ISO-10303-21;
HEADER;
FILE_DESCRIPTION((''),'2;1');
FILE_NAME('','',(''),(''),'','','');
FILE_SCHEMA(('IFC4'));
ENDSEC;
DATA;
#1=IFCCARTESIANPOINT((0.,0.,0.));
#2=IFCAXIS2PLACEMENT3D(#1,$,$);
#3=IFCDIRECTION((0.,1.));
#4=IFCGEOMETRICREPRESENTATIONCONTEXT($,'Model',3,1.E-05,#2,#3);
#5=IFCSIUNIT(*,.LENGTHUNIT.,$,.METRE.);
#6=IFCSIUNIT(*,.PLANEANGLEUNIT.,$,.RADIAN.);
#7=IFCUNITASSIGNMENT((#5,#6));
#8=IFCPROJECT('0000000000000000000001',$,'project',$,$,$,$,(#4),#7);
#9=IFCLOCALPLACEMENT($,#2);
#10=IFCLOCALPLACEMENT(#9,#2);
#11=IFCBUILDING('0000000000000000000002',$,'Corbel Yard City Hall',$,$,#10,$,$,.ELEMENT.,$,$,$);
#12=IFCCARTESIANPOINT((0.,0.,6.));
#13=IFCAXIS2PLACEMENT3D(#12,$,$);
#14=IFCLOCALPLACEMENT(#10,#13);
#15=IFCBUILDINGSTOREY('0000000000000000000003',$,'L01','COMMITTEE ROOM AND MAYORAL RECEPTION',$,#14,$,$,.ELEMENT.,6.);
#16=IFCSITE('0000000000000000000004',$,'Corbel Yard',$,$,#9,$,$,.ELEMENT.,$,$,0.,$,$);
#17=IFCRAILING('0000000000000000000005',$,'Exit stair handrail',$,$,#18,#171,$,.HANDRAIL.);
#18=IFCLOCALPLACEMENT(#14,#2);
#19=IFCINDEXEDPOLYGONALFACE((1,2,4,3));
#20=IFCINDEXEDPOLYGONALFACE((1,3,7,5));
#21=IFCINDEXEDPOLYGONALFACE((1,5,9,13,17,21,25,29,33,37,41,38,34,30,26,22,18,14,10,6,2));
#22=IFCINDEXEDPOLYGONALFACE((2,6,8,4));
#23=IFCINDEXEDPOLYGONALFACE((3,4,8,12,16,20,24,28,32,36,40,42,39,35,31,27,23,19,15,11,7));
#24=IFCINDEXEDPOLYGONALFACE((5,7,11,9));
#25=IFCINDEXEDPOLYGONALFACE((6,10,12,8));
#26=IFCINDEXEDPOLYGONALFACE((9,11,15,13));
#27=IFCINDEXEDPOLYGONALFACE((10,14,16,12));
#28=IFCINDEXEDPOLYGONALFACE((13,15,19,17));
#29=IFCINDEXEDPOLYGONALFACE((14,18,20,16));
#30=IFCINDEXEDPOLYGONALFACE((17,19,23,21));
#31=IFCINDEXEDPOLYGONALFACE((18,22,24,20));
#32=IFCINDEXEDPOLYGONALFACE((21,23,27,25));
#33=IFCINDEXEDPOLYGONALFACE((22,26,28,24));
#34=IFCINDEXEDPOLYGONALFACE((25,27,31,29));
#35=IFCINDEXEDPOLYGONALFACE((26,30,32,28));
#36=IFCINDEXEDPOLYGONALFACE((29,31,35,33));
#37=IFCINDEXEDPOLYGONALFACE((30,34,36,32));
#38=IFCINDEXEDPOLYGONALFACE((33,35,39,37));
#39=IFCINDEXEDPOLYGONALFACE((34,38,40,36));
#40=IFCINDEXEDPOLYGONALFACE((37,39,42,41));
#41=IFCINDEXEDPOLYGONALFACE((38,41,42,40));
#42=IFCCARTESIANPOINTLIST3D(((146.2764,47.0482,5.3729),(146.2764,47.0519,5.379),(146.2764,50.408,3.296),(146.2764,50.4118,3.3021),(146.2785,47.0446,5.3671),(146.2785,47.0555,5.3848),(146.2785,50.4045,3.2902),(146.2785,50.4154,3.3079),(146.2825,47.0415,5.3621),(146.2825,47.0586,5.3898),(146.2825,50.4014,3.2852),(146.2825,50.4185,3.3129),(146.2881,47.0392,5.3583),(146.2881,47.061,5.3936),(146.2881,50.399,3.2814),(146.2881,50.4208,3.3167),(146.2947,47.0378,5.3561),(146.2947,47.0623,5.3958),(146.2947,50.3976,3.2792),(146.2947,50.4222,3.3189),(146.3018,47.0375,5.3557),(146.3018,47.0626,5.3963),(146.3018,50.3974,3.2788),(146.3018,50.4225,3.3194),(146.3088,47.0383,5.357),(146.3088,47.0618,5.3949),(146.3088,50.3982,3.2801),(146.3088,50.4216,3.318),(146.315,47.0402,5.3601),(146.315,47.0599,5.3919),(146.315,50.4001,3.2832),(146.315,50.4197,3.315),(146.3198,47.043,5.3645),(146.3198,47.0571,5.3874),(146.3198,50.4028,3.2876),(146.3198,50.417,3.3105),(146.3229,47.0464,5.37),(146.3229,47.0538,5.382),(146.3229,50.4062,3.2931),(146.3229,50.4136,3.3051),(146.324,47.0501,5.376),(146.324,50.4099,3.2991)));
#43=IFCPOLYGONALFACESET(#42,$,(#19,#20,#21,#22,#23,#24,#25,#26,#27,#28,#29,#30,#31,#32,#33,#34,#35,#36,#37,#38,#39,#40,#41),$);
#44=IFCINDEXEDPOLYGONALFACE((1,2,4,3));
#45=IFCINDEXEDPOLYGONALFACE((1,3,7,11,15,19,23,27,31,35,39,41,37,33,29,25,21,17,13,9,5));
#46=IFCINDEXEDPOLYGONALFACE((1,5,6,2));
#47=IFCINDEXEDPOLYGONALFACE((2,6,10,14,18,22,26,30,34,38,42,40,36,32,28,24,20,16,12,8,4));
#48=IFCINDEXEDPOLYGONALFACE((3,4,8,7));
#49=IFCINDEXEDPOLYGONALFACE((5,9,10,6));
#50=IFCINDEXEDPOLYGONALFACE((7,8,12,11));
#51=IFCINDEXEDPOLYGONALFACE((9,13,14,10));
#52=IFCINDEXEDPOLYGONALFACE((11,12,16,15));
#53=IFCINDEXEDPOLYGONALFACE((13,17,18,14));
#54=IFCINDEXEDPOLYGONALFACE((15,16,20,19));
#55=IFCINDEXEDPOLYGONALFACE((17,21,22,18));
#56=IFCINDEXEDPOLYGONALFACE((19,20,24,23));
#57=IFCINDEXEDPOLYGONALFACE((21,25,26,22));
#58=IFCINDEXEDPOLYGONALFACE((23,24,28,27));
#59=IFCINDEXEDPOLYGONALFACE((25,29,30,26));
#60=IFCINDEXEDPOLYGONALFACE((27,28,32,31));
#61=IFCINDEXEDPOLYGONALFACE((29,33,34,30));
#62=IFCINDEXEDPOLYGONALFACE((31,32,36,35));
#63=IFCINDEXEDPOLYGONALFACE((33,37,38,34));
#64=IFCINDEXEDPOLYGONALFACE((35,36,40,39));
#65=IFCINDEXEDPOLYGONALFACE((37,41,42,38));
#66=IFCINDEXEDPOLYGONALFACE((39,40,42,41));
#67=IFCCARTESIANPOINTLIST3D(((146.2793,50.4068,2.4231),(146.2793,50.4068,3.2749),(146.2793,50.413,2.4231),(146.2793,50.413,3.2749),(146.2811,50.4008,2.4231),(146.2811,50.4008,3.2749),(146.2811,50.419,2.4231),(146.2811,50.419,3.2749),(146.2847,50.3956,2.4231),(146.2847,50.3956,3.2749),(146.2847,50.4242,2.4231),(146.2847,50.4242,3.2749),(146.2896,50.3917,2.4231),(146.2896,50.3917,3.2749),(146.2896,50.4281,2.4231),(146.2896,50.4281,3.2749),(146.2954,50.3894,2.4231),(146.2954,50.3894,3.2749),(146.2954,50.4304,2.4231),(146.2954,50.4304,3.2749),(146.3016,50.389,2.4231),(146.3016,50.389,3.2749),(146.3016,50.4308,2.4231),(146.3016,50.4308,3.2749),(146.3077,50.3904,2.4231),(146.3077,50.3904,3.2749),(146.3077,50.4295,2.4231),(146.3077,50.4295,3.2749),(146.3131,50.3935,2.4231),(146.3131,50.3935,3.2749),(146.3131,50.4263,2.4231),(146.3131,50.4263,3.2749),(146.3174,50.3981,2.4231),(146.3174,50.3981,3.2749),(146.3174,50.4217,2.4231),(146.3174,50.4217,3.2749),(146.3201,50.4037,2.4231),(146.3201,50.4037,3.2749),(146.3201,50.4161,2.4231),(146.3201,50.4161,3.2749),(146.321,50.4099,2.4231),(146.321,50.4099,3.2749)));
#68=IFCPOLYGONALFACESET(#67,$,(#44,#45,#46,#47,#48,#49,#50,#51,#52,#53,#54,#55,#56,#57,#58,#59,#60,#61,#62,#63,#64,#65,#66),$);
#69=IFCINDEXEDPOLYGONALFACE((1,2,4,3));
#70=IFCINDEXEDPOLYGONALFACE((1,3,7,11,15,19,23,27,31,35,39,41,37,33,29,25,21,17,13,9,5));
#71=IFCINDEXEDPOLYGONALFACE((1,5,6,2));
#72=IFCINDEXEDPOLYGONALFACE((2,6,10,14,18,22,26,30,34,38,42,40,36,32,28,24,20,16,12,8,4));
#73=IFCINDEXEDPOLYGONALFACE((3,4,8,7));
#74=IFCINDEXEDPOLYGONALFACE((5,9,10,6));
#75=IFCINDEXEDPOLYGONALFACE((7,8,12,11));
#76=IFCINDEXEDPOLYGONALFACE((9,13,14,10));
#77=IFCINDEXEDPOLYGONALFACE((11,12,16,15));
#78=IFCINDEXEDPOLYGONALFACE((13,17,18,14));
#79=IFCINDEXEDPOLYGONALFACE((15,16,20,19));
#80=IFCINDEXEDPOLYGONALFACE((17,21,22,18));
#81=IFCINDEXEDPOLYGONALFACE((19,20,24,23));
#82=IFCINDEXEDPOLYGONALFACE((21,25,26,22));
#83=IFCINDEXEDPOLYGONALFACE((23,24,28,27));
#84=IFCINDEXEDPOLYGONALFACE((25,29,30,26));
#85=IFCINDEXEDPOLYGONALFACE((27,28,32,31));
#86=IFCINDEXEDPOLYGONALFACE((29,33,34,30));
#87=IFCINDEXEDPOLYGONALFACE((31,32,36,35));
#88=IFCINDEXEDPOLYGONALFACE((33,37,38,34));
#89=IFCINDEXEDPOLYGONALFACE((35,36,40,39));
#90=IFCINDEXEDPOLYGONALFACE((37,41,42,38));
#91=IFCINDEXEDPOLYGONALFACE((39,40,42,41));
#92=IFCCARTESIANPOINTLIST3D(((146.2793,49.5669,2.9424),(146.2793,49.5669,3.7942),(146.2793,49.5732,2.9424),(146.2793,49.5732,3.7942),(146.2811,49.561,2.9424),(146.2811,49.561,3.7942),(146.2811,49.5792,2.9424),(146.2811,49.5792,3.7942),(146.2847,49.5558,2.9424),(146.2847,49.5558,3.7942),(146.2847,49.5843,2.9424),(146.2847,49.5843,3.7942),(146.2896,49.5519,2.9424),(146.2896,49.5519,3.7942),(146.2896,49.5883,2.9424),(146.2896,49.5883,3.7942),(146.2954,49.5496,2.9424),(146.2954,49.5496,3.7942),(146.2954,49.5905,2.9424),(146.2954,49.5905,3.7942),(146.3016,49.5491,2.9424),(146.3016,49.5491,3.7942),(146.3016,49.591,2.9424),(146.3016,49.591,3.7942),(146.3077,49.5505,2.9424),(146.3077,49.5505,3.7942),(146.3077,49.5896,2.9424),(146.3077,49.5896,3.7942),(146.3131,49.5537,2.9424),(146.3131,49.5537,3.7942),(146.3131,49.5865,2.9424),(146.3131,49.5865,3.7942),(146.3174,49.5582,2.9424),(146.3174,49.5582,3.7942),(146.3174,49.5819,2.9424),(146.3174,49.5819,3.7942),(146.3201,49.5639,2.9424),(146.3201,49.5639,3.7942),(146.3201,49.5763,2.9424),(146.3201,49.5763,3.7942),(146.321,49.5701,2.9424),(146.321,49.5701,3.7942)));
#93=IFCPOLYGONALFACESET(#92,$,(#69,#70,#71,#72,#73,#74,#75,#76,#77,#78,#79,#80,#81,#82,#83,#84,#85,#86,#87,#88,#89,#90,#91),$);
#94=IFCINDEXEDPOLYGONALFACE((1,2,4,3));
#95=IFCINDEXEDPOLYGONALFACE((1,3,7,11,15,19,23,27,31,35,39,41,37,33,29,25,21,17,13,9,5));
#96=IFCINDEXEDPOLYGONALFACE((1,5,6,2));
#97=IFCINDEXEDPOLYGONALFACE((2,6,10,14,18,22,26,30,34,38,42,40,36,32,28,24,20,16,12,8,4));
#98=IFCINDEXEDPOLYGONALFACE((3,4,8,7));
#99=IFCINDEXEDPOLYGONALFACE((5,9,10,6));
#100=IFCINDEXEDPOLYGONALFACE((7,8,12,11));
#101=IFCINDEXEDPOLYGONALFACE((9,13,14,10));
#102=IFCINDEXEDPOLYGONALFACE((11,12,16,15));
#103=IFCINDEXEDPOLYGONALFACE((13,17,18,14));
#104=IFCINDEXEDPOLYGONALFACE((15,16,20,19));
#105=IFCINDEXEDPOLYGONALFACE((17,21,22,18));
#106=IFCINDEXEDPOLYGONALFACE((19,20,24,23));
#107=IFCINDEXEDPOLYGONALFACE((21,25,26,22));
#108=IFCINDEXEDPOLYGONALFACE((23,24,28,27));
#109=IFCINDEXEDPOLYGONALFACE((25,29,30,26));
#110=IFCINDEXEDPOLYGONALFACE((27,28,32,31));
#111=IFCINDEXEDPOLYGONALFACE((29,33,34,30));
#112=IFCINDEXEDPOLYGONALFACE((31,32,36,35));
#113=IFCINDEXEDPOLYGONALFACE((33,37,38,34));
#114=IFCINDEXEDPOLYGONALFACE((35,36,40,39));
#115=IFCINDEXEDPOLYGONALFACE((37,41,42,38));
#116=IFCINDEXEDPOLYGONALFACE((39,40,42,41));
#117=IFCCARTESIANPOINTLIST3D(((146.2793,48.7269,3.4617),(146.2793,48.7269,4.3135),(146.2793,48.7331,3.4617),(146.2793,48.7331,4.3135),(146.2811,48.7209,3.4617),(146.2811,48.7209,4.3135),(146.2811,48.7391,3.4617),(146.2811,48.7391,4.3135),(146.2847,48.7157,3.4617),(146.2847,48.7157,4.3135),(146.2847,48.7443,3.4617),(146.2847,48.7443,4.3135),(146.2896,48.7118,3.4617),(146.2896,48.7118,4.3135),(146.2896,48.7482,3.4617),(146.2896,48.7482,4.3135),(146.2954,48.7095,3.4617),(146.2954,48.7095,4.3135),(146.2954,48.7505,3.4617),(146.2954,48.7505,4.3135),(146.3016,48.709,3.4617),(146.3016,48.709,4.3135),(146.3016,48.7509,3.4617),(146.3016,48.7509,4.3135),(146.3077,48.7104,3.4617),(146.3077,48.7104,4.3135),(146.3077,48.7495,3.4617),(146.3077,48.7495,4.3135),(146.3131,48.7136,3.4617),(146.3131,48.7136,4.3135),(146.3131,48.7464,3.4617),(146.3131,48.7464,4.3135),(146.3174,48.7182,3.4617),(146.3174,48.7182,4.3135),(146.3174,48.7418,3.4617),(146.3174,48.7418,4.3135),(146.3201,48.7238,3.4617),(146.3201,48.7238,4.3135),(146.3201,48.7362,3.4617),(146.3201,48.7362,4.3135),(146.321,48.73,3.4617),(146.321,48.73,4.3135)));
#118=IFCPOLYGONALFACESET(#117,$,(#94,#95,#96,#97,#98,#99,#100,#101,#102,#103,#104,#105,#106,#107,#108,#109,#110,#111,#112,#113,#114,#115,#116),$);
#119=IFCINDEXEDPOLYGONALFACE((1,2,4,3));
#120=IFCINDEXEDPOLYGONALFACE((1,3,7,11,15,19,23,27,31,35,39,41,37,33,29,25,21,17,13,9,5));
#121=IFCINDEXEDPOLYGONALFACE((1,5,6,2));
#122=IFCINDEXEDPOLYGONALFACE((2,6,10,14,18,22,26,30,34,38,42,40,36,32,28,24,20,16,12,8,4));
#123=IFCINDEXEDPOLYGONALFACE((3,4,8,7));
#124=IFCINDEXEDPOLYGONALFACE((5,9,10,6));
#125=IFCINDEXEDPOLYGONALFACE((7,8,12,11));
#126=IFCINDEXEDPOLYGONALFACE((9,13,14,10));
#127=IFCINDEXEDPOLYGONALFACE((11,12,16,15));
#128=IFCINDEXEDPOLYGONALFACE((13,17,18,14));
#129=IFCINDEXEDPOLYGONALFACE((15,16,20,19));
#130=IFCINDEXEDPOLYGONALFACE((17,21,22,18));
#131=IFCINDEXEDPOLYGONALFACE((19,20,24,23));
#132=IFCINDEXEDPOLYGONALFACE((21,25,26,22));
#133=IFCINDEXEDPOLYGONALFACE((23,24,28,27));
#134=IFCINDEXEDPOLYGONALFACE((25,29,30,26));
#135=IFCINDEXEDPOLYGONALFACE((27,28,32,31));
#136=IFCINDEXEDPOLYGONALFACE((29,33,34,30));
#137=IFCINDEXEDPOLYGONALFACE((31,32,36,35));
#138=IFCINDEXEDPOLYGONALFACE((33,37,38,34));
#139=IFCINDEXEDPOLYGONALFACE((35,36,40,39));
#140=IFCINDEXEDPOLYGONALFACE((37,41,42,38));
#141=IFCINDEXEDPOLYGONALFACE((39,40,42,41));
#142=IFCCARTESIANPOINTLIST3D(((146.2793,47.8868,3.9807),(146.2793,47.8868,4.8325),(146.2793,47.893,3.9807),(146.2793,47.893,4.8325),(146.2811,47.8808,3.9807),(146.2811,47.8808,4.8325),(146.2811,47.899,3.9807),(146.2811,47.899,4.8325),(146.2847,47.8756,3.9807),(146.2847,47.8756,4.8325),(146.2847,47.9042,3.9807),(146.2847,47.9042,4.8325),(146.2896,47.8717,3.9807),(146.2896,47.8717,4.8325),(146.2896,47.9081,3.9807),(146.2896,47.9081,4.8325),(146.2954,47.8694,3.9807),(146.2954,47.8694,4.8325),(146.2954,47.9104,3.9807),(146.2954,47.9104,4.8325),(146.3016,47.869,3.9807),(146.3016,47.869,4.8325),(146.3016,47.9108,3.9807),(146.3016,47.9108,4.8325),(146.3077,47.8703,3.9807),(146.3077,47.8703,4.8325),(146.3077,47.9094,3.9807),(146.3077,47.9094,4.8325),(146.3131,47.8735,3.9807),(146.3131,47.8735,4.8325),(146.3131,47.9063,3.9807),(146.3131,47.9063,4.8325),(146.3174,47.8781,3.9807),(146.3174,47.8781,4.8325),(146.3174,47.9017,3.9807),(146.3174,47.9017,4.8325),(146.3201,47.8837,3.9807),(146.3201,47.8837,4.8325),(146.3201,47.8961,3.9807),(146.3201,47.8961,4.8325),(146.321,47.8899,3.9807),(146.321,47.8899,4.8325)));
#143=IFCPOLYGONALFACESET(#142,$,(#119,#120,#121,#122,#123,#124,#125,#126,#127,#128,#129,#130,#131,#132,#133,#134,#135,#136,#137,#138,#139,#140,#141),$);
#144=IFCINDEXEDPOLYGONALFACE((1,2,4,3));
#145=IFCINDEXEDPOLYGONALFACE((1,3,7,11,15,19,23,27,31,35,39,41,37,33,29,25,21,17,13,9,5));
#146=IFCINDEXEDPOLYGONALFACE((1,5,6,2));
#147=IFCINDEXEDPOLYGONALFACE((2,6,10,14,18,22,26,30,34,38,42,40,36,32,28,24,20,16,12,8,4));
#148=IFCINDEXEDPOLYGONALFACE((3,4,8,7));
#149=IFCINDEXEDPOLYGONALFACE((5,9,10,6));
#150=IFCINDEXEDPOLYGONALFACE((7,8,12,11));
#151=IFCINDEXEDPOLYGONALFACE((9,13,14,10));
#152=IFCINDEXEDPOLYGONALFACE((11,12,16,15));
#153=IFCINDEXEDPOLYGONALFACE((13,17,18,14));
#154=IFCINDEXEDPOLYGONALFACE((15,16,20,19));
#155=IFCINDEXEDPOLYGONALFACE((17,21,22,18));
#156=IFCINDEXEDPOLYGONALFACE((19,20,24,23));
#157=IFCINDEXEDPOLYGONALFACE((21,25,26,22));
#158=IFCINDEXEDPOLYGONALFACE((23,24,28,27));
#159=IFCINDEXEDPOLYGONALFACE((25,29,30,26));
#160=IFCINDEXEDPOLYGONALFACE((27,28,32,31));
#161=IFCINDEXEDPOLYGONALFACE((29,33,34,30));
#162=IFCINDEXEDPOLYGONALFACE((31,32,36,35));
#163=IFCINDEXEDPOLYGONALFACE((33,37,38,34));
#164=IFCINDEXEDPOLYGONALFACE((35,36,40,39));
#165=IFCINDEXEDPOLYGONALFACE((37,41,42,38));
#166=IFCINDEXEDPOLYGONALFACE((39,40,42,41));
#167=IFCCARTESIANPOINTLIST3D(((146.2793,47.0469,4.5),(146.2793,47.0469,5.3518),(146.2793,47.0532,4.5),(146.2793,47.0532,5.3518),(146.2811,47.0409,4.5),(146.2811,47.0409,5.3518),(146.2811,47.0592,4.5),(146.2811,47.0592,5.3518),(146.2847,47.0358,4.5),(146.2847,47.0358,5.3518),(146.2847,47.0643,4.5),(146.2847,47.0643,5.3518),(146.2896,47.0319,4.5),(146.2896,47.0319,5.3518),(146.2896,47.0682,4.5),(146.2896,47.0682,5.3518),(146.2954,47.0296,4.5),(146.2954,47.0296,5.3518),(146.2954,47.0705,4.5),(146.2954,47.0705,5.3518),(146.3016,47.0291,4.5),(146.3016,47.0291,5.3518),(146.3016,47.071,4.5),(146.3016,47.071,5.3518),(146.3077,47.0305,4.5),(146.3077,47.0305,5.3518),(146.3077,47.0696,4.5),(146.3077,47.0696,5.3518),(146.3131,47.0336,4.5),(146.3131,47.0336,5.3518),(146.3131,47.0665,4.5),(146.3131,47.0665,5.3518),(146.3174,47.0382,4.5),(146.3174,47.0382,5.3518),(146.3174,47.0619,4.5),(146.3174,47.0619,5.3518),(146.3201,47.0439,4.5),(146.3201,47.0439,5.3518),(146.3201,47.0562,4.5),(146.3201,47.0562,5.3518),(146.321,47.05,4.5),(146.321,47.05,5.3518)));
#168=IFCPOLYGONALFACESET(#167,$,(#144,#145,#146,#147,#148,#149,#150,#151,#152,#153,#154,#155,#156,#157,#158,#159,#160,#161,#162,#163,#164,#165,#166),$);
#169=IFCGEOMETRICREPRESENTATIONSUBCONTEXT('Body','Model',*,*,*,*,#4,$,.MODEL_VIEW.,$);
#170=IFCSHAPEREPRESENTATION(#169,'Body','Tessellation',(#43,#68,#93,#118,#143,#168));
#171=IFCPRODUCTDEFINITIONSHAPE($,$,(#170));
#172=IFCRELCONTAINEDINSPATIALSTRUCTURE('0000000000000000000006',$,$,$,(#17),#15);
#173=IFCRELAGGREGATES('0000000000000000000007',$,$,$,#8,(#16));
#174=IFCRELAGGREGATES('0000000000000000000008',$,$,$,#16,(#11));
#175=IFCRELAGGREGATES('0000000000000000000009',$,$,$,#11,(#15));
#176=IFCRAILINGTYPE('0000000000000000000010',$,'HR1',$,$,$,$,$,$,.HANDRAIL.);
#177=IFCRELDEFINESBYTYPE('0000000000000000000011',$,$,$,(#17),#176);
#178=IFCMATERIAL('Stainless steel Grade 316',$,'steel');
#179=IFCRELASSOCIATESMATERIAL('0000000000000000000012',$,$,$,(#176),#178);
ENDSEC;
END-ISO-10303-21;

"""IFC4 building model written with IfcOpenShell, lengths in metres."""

from ifc_helpers import new_model, si_unit, direction, frame, origin, origin_2d, place, context, subcontext, project, spatial, circle, extrude, material, type_object, element, save


model = new_model("IFC4")

# Units and contexts
model_context = context("Model", 3, precision=1e-05, world=origin(), true_north=direction((0.0, 1.0)))
body_context = subcontext(model_context, "Body", "Model", "MODEL_VIEW")
ifc_project = project(units=[si_unit("LENGTHUNIT", "METRE"), si_unit("PLANEANGLEUNIT", "RADIAN")], contexts=[model_context])

# Site, building, storey
site_placement = place(None, origin())
site = spatial("IfcSite", under=ifc_project, at=site_placement, Name="Corbel Yard", CompositionType="ELEMENT", RefElevation=0.0)
building_placement = place(site_placement, origin())
building = spatial("IfcBuilding", under=site, at=building_placement, Name="Corbel Yard City Hall", CompositionType="ELEMENT")
storey_placement = place(building_placement, frame((0.0, 0.0, 6.0)))
storey = spatial("IfcBuildingStorey", under=building, at=storey_placement, Name="L01", Description="COMMITTEE ROOM AND MAYORAL RECEPTION", CompositionType="ELEMENT", Elevation=6.0)

# Railing
ifc_material_1 = material(Name="Stainless steel Grade 316", Category="steel")
railing_type = type_object("IfcRailingType", Name="HR1", PredefinedType="HANDRAIL", material=ifc_material_1)
for number, where, name in (
    (1, (146.3, 50.4099, 2.4231), "Exit stair handrail"),
):
    element("IfcRailing", number, at=place(storey_placement, frame(where)), inside=storey, type_object=railing_type, Name=name, PredefinedType="HANDRAIL", context=body_context, shape_type="SweptSolid", body=[
        extrude(circle(Radius=0.0239, at=origin_2d()), frame((0.0, 0.0, 0.876), z_axis=(0.0, -0.850606, 0.525803), x_axis=(1.0, 0.0, 0.0)), (0.0, 0.0, 1.0), 3.95),
        extrude(circle(Radius=0.021, at=origin_2d()), origin(), (0.0, 0.0, 1.0), 0.8518),
        extrude(circle(Radius=0.021, at=origin_2d()), frame((0.0, -0.8398, 0.5193)), (0.0, 0.0, 1.0), 0.8518),
        extrude(circle(Radius=0.021, at=origin_2d()), frame((0.0, -1.6799, 1.0386)), (0.0, 0.0, 1.0), 0.8518),
        extrude(circle(Radius=0.021, at=origin_2d()), frame((0.0, -2.52, 1.5576)), (0.0, 0.0, 1.0), 0.8518),
        extrude(circle(Radius=0.021, at=origin_2d()), frame((0.0, -3.3599, 2.0769)), (0.0, 0.0, 1.0), 0.8518),
    ])

save(model, "model.ifc")
